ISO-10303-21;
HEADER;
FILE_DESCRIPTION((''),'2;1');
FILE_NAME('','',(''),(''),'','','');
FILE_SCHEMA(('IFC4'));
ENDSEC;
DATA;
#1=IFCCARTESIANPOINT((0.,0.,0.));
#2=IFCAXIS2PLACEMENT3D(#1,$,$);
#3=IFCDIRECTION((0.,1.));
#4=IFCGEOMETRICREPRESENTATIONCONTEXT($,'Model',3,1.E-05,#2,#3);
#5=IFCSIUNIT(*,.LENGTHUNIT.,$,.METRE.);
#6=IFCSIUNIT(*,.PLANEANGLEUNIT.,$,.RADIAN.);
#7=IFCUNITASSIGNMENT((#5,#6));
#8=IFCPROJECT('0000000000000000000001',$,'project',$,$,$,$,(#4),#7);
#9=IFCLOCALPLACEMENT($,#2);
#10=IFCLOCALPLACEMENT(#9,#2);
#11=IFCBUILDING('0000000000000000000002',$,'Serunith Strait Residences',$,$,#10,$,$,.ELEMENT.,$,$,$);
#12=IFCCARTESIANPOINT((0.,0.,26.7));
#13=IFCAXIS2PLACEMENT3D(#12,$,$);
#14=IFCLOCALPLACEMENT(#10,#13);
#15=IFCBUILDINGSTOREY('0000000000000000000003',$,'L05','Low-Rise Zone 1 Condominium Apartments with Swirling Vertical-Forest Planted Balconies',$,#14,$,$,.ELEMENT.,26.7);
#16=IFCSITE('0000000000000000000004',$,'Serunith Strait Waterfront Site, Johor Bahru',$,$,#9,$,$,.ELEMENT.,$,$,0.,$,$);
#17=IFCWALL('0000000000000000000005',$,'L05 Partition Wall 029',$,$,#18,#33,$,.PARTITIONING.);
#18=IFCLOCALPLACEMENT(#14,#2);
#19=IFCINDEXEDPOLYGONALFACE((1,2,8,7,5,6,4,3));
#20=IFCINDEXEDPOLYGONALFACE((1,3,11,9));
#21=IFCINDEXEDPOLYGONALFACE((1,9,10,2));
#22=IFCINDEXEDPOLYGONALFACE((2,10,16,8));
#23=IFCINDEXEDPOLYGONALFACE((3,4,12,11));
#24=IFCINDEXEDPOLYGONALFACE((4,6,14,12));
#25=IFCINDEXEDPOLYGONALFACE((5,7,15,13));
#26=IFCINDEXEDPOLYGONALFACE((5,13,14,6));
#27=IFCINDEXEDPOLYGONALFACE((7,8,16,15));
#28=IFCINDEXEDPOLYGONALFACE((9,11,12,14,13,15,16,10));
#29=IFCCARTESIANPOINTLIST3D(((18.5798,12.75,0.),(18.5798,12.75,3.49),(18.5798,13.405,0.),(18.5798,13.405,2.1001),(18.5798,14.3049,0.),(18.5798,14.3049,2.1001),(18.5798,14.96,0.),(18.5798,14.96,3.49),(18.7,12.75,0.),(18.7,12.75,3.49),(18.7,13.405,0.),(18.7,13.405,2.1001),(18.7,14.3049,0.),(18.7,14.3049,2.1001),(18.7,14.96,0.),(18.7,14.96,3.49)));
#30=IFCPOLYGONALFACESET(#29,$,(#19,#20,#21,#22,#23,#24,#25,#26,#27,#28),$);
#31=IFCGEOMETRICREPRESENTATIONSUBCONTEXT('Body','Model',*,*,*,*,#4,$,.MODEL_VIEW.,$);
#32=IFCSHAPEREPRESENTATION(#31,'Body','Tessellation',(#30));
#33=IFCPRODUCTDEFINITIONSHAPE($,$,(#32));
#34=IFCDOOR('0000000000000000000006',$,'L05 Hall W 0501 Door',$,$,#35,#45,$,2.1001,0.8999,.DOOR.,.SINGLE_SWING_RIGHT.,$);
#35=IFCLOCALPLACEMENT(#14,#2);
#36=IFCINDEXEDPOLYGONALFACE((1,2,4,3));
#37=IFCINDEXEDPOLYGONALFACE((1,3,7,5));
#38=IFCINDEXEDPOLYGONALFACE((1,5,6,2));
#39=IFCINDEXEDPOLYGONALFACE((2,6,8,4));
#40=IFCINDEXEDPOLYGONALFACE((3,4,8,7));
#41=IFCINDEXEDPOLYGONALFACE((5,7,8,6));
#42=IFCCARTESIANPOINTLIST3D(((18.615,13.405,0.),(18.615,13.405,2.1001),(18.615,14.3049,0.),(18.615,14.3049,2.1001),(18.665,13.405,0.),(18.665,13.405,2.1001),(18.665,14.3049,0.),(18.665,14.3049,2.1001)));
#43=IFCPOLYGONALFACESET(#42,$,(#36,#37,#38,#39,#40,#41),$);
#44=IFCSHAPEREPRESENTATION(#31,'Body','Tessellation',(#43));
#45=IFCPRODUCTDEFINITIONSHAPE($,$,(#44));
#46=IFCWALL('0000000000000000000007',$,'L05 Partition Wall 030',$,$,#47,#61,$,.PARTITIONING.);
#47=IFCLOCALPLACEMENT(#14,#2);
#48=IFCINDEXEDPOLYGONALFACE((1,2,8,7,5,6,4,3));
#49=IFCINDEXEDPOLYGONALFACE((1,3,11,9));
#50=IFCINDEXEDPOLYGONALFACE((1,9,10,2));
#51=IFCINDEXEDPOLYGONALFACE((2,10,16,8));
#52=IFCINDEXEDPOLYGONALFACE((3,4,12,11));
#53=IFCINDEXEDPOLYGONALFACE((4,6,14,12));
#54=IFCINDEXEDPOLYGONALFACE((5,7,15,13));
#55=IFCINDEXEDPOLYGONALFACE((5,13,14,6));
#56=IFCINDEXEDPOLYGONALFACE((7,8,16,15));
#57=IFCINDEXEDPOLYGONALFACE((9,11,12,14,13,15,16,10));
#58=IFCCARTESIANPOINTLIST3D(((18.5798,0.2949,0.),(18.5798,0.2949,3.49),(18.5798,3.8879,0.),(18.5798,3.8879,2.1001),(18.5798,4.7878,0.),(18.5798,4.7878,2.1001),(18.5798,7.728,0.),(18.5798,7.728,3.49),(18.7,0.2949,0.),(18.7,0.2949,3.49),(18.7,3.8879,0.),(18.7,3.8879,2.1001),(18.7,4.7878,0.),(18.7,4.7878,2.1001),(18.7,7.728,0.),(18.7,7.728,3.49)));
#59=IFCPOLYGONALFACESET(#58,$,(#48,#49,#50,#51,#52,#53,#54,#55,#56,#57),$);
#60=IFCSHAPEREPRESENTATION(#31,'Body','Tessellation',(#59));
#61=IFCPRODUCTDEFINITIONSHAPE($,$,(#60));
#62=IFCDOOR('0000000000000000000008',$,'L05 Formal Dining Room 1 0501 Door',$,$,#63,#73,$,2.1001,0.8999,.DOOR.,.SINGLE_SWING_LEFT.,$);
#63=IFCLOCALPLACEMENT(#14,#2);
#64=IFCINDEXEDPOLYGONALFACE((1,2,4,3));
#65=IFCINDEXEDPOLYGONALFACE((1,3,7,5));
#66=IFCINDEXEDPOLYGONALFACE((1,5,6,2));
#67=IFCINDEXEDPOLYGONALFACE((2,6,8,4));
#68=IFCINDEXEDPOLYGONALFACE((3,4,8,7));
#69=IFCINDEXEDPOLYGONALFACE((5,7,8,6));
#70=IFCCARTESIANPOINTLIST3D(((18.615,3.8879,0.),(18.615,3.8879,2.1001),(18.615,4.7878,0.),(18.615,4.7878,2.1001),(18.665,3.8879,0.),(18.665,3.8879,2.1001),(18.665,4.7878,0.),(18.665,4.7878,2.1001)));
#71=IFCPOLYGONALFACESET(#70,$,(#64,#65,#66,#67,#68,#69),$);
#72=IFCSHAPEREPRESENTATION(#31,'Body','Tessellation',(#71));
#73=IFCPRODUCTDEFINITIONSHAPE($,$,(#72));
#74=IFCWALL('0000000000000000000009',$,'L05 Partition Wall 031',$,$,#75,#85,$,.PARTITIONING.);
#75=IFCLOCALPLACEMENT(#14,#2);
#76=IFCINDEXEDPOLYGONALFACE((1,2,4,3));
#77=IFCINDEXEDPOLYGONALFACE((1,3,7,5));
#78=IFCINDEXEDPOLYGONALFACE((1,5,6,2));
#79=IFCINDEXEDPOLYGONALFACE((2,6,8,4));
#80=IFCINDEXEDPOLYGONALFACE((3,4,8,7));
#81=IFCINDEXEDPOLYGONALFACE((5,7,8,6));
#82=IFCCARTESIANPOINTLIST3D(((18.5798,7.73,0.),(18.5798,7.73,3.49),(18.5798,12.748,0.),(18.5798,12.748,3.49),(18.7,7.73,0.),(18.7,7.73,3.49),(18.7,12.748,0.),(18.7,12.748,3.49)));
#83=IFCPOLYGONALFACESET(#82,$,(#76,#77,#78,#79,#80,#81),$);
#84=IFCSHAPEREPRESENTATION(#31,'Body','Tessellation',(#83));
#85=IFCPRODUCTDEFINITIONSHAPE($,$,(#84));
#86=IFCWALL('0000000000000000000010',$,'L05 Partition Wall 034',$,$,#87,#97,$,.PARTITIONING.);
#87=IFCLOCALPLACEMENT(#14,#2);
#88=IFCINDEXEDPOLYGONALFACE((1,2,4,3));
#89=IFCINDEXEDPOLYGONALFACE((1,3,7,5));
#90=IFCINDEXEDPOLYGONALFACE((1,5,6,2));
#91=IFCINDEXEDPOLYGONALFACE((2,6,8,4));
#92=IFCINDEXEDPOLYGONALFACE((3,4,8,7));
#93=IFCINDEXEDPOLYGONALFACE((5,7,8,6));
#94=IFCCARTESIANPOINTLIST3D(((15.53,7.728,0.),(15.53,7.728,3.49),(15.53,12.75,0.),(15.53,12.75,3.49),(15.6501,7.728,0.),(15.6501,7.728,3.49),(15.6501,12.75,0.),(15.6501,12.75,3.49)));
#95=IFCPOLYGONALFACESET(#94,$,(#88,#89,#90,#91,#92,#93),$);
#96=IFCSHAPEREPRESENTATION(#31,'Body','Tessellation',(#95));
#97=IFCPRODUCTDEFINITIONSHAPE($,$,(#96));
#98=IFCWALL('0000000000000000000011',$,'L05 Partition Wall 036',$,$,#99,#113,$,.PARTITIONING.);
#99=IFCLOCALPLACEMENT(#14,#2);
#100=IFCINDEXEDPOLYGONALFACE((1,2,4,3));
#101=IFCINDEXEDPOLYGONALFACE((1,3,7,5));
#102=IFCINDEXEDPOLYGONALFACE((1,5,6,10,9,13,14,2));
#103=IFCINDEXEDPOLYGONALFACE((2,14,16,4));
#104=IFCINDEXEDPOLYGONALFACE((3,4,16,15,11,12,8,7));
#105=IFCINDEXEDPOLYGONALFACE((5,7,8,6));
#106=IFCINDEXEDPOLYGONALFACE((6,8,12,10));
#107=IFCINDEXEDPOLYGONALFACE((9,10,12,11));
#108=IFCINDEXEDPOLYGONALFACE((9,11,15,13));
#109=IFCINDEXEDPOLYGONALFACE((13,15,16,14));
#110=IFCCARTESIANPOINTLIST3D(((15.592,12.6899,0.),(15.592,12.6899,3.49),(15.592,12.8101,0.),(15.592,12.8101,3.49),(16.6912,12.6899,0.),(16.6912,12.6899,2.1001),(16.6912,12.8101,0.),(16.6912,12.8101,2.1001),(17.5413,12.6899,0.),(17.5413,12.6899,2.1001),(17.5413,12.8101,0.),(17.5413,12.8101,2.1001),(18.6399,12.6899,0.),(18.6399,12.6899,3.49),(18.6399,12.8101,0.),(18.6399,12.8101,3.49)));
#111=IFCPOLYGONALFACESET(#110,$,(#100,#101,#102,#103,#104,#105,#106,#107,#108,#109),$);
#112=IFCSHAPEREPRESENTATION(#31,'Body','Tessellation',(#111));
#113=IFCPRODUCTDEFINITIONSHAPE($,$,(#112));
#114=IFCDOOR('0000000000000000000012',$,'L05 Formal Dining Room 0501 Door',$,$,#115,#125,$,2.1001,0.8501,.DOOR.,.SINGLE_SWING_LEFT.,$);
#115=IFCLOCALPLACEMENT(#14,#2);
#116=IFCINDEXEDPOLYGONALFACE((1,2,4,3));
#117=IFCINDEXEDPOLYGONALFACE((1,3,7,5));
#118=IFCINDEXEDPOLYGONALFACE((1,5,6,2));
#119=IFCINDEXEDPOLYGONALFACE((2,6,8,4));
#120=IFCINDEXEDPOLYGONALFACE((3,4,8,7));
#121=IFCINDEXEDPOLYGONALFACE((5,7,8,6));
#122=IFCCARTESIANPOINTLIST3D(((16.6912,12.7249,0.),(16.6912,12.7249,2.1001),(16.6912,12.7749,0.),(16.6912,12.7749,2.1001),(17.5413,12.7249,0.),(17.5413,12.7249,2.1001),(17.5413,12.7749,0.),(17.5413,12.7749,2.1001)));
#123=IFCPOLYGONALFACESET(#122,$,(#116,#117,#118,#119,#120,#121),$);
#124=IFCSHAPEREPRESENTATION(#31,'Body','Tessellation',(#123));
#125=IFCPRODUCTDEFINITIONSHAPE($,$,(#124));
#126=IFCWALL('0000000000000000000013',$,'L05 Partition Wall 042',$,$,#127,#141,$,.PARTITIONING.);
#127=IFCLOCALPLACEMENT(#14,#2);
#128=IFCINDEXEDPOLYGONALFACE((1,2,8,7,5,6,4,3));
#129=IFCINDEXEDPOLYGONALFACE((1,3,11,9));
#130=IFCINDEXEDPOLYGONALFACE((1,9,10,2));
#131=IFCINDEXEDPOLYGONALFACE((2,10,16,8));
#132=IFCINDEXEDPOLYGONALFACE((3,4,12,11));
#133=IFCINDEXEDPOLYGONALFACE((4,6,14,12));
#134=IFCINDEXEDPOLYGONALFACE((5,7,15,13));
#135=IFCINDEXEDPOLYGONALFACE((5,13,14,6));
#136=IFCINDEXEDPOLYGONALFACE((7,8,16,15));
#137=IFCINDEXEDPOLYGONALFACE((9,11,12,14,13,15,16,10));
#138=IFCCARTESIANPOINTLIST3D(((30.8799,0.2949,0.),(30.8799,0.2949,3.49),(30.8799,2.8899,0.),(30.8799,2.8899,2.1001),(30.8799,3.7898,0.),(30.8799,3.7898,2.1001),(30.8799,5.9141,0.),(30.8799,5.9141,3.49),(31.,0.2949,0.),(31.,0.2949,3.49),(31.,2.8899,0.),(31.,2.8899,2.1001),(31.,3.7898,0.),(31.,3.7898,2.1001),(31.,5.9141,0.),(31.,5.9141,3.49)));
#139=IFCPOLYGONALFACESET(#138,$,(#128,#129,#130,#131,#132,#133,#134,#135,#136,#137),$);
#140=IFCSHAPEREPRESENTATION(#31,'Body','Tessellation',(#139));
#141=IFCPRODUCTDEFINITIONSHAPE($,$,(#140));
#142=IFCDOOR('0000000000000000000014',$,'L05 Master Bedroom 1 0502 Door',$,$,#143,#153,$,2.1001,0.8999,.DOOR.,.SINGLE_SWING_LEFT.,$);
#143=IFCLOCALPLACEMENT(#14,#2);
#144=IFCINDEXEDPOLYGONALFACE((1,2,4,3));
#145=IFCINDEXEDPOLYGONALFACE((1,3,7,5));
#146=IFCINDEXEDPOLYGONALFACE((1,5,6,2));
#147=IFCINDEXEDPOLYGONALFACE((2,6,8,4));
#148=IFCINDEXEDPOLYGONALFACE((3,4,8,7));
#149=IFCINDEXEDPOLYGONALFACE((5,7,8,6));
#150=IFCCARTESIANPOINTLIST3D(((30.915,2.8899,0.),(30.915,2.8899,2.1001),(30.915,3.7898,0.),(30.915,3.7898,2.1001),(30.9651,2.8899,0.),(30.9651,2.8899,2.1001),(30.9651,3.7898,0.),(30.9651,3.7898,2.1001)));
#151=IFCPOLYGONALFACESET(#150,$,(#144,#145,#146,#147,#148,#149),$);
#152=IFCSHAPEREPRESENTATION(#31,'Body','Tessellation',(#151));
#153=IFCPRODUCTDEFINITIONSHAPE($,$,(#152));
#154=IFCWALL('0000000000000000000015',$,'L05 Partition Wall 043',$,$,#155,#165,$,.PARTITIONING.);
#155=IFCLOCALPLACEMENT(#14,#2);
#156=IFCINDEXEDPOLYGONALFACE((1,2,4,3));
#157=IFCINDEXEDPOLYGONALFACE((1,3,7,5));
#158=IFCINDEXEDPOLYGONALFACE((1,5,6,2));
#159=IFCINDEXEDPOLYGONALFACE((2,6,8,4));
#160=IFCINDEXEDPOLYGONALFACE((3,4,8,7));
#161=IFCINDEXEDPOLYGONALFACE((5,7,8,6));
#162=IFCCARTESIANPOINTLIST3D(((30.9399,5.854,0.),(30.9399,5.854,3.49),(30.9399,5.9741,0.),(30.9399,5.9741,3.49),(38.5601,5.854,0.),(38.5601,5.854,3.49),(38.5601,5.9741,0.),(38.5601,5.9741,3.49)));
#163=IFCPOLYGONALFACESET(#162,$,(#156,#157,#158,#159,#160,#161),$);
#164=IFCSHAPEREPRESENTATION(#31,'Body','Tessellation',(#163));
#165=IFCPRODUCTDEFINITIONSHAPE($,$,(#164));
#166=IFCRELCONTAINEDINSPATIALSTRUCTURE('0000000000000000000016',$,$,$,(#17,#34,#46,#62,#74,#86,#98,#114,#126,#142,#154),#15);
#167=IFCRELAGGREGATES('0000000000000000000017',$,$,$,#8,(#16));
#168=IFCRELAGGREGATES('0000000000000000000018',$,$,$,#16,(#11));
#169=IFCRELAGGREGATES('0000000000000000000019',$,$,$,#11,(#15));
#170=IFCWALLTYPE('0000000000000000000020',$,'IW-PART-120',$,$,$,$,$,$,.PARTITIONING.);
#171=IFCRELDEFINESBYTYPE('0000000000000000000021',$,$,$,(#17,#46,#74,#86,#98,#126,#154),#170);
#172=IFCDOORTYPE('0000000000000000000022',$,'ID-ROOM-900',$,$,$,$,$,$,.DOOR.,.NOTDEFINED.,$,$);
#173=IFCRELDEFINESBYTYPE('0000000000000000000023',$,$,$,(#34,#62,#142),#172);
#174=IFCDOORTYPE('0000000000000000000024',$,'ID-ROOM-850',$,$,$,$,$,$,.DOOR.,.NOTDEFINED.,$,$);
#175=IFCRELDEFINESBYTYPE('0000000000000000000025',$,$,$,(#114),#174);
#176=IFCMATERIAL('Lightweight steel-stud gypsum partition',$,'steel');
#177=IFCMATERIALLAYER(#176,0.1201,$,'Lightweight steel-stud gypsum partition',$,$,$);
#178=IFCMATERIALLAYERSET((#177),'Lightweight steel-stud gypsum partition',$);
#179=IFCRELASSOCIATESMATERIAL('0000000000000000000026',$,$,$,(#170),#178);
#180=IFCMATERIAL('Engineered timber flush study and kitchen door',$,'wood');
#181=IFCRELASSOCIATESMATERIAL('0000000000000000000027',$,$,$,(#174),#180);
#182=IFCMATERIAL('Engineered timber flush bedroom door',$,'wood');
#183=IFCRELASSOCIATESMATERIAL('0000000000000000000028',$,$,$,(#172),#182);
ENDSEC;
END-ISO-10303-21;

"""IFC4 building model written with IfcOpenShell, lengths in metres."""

from ifc_helpers import new_model, si_unit, direction, frame, frame_2d, origin, place, context, subcontext, project, spatial, rectangle, extrude, source, transform, mapped, material, layer, layer_set, type_object, element, fill, save


model = new_model("IFC4")

# Units and contexts
model_context = context("Model", 3, precision=1e-05, world=origin(), true_north=direction((0.0, 1.0)))
body_context = subcontext(model_context, "Body", "Model", "MODEL_VIEW")
ifc_project = project(units=[si_unit("LENGTHUNIT", "METRE"), si_unit("PLANEANGLEUNIT", "RADIAN")], contexts=[model_context])

# Site, building, storey
site_placement = place(None, origin())
site = spatial("IfcSite", under=ifc_project, at=site_placement, Name="Serunith Strait Waterfront Site, Johor Bahru", CompositionType="ELEMENT", RefElevation=0.0)
building_placement = place(site_placement, origin())
building = spatial("IfcBuilding", under=site, at=building_placement, Name="Serunith Strait Residences", CompositionType="ELEMENT")
storey_placement = place(building_placement, frame((0.0, 0.0, 26.7)))
storey = spatial("IfcBuildingStorey", under=building, at=storey_placement, Name="L05", Description="Low-Rise Zone 1 Condominium Apartments with Swirling Vertical-Forest Planted Balconies", CompositionType="ELEMENT", Elevation=26.7)

# Shared definitions
ifc_material_1 = material(Name="Lightweight steel-stud gypsum partition", Category="steel")
ifc_layer_1 = layer(ifc_material_1, 0.1201, Name="Lightweight steel-stud gypsum partition")
ifc_layer_set_1 = layer_set([ifc_layer_1], Name="Lightweight steel-stud gypsum partition")
wall_type_1 = type_object("IfcWallType", Name="IW-PART-120", PredefinedType="PARTITIONING", material=ifc_layer_set_1)
ifc_material_2 = material(Name="Engineered timber flush study and kitchen door", Category="wood")
door_type_1 = type_object("IfcDoorType", Name="ID-ROOM-850", OperationType="NOTDEFINED", PredefinedType="DOOR", material=ifc_material_2)
shared_shape_1 = source(origin(), body_context, "Body", "SweptSolid", [
    extrude(rectangle(XDim=0.8501, YDim=2.1001, at=frame_2d((0.425, 1.05))), frame((0.0, 0.0249, 0.0), z_axis=(0.0, -1.0, 0.0), x_axis=(1.0, 0.0, 0.0)), (0.0, 0.0, 1.0), 0.05),
])

# Walls, openings, doors
wall_1_placement = place(storey_placement, frame((18.6399, 12.75, 0.0), z_axis=(0.0, 0.0, 1.0), x_axis=(0.0, 1.0, 0.0)))
wall_1 = element("IfcWall", 1, at=wall_1_placement, inside=storey, type_object=wall_type_1, Name="L05 Partition Wall 029", PredefinedType="PARTITIONING", context=body_context, shape_type="SweptSolid", body=[
    extrude(rectangle(XDim=2.21, YDim=0.1201, at=frame_2d((1.105, 0.0))), origin(), (0.0, 0.0, 1.0), 3.49),
])
opening_1_placement = place(wall_1_placement, frame((0.655, 0.0, 0.0)))
opening_1 = element("IfcOpeningElement", 2, at=opening_1_placement, cuts=wall_1, PredefinedType="OPENING", context=body_context, shape_type="SweptSolid", body=[
    extrude(rectangle(XDim=0.8999, YDim=2.1001, at=frame_2d((0.45, 1.05))), frame((0.0, 0.0701, 0.0), z_axis=(0.0, -1.0, 0.0), x_axis=(1.0, 0.0, 0.0)), (0.0, 0.0, 1.0), 0.1401),
])
ifc_material_3 = material(Name="Engineered timber flush bedroom door", Category="wood")
door_type_2 = type_object("IfcDoorType", Name="ID-ROOM-900", OperationType="NOTDEFINED", PredefinedType="DOOR", material=ifc_material_3)
shared_shape_2 = source(origin(), body_context, "Body", "SweptSolid", [
    extrude(rectangle(XDim=0.8999, YDim=2.1001, at=frame_2d((0.45, 1.05))), frame((0.0, 0.0249, 0.0), z_axis=(0.0, -1.0, 0.0), x_axis=(1.0, 0.0, 0.0)), (0.0, 0.0, 1.0), 0.05),
])
door_1_placement = place(opening_1_placement, origin())
door_1 = element("IfcDoor", 3, at=door_1_placement, inside=storey, type_object=door_type_2, Name="L05 Hall W 0501 Door", OperationType="SINGLE_SWING_RIGHT", OverallHeight=2.1001, OverallWidth=0.8999, PredefinedType="DOOR", context=body_context, shape_type="MappedRepresentation", body=[
    mapped(shared_shape_2, transform((0.0, 0.0, 0.0), scale=1.0)),
])
fill(opening_1, door_1)
wall_2_placement = place(storey_placement, frame((18.6399, 0.2949, 0.0), z_axis=(0.0, 0.0, 1.0), x_axis=(0.0, 1.0, 0.0)))
wall_2 = element("IfcWall", 4, at=wall_2_placement, inside=storey, type_object=wall_type_1, Name="L05 Partition Wall 030", PredefinedType="PARTITIONING", context=body_context, shape_type="SweptSolid", body=[
    extrude(rectangle(XDim=7.4331, YDim=0.1201, at=frame_2d((3.7166, 0.0))), origin(), (0.0, 0.0, 1.0), 3.49),
])
opening_2_placement = place(wall_2_placement, frame((3.593, 0.0, 0.0)))
opening_2 = element("IfcOpeningElement", 5, at=opening_2_placement, cuts=wall_2, PredefinedType="OPENING", context=body_context, shape_type="SweptSolid", body=[
    extrude(rectangle(XDim=0.8999, YDim=2.1001, at=frame_2d((0.45, 1.05))), frame((0.0, 0.0701, 0.0), z_axis=(0.0, -1.0, 0.0), x_axis=(1.0, 0.0, 0.0)), (0.0, 0.0, 1.0), 0.1401),
])
door_2_placement = place(opening_2_placement, origin())
door_2 = element("IfcDoor", 6, at=door_2_placement, inside=storey, type_object=door_type_2, Name="L05 Formal Dining Room 1 0501 Door", OperationType="SINGLE_SWING_LEFT", OverallHeight=2.1001, OverallWidth=0.8999, PredefinedType="DOOR", context=body_context, shape_type="MappedRepresentation", body=[
    mapped(shared_shape_2, transform((0.0, 0.0, 0.0), scale=1.0)),
])
fill(opening_2, door_2)

# Walls
wall_3_placement = place(storey_placement, frame((18.6399, 7.73, 0.0), z_axis=(0.0, 0.0, 1.0), x_axis=(0.0, 1.0, 0.0)))
element("IfcWall", 7, at=wall_3_placement, inside=storey, type_object=wall_type_1, Name="L05 Partition Wall 031", PredefinedType="PARTITIONING", context=body_context, shape_type="SweptSolid", body=[
    extrude(rectangle(XDim=5.0181, YDim=0.1201, at=frame_2d((2.509, 0.0))), origin(), (0.0, 0.0, 1.0), 3.49),
])
wall_4_placement = place(storey_placement, frame((15.5901, 7.728, 0.0), z_axis=(0.0, 0.0, 1.0), x_axis=(0.0, 1.0, 0.0)))
element("IfcWall", 8, at=wall_4_placement, inside=storey, type_object=wall_type_1, Name="L05 Partition Wall 034", PredefinedType="PARTITIONING", context=body_context, shape_type="SweptSolid", body=[
    extrude(rectangle(XDim=5.022, YDim=0.1201, at=frame_2d((2.511, 0.0))), origin(), (0.0, 0.0, 1.0), 3.49),
])

# Walls, openings, doors
wall_5_placement = place(storey_placement, frame((15.592, 12.75, 0.0), z_axis=(0.0, 0.0, 1.0), x_axis=(1.0, 0.0, 0.0)))
wall_5 = element("IfcWall", 9, at=wall_5_placement, inside=storey, type_object=wall_type_1, Name="L05 Partition Wall 036", PredefinedType="PARTITIONING", context=body_context, shape_type="SweptSolid", body=[
    extrude(rectangle(XDim=3.0479, YDim=0.1201, at=frame_2d((1.5239, 0.0))), origin(), (0.0, 0.0, 1.0), 3.49),
])
opening_3_placement = place(wall_5_placement, frame((1.0991, 0.0, 0.0)))
opening_3 = element("IfcOpeningElement", 10, at=opening_3_placement, cuts=wall_5, PredefinedType="OPENING", context=body_context, shape_type="SweptSolid", body=[
    extrude(rectangle(XDim=0.8501, YDim=2.1001, at=frame_2d((0.425, 1.05))), frame((0.0, 0.0701, 0.0), z_axis=(0.0, -1.0, 0.0), x_axis=(1.0, 0.0, 0.0)), (0.0, 0.0, 1.0), 0.1401),
])
door_3_placement = place(opening_3_placement, origin())
door_3 = element("IfcDoor", 11, at=door_3_placement, inside=storey, type_object=door_type_1, Name="L05 Formal Dining Room 0501 Door", OperationType="SINGLE_SWING_LEFT", OverallHeight=2.1001, OverallWidth=0.8501, PredefinedType="DOOR", context=body_context, shape_type="MappedRepresentation", body=[
    mapped(shared_shape_1, transform((0.0, 0.0, 0.0), scale=1.0)),
])
fill(opening_3, door_3)
wall_6_placement = place(storey_placement, frame((30.9399, 0.2949, 0.0), z_axis=(0.0, 0.0, 1.0), x_axis=(0.0, 1.0, 0.0)))
wall_6 = element("IfcWall", 12, at=wall_6_placement, inside=storey, type_object=wall_type_1, Name="L05 Partition Wall 042", PredefinedType="PARTITIONING", context=body_context, shape_type="SweptSolid", body=[
    extrude(rectangle(XDim=5.6191, YDim=0.1201, at=frame_2d((2.8096, 0.0))), origin(), (0.0, 0.0, 1.0), 3.49),
])
opening_4_placement = place(wall_6_placement, frame((2.595, 0.0, 0.0)))
opening_4 = element("IfcOpeningElement", 13, at=opening_4_placement, cuts=wall_6, PredefinedType="OPENING", context=body_context, shape_type="SweptSolid", body=[
    extrude(rectangle(XDim=0.8999, YDim=2.1001, at=frame_2d((0.45, 1.05))), frame((0.0, 0.0701, 0.0), z_axis=(0.0, -1.0, 0.0), x_axis=(1.0, 0.0, 0.0)), (0.0, 0.0, 1.0), 0.1401),
])
door_4_placement = place(opening_4_placement, origin())
door_4 = element("IfcDoor", 14, at=door_4_placement, inside=storey, type_object=door_type_2, Name="L05 Master Bedroom 1 0502 Door", OperationType="SINGLE_SWING_LEFT", OverallHeight=2.1001, OverallWidth=0.8999, PredefinedType="DOOR", context=body_context, shape_type="MappedRepresentation", body=[
    mapped(shared_shape_2, transform((0.0, 0.0, 0.0), scale=1.0)),
])
fill(opening_4, door_4)

# Wall
wall_7_placement = place(storey_placement, frame((30.9399, 5.9141, 0.0), z_axis=(0.0, 0.0, 1.0), x_axis=(1.0, 0.0, 0.0)))
element("IfcWall", 15, at=wall_7_placement, inside=storey, type_object=wall_type_1, Name="L05 Partition Wall 043", PredefinedType="PARTITIONING", context=body_context, shape_type="SweptSolid", body=[
    extrude(rectangle(XDim=7.6201, YDim=0.1201, at=frame_2d((3.8101, 0.0))), origin(), (0.0, 0.0, 1.0), 3.49),
])

save(model, "model.ifc")
